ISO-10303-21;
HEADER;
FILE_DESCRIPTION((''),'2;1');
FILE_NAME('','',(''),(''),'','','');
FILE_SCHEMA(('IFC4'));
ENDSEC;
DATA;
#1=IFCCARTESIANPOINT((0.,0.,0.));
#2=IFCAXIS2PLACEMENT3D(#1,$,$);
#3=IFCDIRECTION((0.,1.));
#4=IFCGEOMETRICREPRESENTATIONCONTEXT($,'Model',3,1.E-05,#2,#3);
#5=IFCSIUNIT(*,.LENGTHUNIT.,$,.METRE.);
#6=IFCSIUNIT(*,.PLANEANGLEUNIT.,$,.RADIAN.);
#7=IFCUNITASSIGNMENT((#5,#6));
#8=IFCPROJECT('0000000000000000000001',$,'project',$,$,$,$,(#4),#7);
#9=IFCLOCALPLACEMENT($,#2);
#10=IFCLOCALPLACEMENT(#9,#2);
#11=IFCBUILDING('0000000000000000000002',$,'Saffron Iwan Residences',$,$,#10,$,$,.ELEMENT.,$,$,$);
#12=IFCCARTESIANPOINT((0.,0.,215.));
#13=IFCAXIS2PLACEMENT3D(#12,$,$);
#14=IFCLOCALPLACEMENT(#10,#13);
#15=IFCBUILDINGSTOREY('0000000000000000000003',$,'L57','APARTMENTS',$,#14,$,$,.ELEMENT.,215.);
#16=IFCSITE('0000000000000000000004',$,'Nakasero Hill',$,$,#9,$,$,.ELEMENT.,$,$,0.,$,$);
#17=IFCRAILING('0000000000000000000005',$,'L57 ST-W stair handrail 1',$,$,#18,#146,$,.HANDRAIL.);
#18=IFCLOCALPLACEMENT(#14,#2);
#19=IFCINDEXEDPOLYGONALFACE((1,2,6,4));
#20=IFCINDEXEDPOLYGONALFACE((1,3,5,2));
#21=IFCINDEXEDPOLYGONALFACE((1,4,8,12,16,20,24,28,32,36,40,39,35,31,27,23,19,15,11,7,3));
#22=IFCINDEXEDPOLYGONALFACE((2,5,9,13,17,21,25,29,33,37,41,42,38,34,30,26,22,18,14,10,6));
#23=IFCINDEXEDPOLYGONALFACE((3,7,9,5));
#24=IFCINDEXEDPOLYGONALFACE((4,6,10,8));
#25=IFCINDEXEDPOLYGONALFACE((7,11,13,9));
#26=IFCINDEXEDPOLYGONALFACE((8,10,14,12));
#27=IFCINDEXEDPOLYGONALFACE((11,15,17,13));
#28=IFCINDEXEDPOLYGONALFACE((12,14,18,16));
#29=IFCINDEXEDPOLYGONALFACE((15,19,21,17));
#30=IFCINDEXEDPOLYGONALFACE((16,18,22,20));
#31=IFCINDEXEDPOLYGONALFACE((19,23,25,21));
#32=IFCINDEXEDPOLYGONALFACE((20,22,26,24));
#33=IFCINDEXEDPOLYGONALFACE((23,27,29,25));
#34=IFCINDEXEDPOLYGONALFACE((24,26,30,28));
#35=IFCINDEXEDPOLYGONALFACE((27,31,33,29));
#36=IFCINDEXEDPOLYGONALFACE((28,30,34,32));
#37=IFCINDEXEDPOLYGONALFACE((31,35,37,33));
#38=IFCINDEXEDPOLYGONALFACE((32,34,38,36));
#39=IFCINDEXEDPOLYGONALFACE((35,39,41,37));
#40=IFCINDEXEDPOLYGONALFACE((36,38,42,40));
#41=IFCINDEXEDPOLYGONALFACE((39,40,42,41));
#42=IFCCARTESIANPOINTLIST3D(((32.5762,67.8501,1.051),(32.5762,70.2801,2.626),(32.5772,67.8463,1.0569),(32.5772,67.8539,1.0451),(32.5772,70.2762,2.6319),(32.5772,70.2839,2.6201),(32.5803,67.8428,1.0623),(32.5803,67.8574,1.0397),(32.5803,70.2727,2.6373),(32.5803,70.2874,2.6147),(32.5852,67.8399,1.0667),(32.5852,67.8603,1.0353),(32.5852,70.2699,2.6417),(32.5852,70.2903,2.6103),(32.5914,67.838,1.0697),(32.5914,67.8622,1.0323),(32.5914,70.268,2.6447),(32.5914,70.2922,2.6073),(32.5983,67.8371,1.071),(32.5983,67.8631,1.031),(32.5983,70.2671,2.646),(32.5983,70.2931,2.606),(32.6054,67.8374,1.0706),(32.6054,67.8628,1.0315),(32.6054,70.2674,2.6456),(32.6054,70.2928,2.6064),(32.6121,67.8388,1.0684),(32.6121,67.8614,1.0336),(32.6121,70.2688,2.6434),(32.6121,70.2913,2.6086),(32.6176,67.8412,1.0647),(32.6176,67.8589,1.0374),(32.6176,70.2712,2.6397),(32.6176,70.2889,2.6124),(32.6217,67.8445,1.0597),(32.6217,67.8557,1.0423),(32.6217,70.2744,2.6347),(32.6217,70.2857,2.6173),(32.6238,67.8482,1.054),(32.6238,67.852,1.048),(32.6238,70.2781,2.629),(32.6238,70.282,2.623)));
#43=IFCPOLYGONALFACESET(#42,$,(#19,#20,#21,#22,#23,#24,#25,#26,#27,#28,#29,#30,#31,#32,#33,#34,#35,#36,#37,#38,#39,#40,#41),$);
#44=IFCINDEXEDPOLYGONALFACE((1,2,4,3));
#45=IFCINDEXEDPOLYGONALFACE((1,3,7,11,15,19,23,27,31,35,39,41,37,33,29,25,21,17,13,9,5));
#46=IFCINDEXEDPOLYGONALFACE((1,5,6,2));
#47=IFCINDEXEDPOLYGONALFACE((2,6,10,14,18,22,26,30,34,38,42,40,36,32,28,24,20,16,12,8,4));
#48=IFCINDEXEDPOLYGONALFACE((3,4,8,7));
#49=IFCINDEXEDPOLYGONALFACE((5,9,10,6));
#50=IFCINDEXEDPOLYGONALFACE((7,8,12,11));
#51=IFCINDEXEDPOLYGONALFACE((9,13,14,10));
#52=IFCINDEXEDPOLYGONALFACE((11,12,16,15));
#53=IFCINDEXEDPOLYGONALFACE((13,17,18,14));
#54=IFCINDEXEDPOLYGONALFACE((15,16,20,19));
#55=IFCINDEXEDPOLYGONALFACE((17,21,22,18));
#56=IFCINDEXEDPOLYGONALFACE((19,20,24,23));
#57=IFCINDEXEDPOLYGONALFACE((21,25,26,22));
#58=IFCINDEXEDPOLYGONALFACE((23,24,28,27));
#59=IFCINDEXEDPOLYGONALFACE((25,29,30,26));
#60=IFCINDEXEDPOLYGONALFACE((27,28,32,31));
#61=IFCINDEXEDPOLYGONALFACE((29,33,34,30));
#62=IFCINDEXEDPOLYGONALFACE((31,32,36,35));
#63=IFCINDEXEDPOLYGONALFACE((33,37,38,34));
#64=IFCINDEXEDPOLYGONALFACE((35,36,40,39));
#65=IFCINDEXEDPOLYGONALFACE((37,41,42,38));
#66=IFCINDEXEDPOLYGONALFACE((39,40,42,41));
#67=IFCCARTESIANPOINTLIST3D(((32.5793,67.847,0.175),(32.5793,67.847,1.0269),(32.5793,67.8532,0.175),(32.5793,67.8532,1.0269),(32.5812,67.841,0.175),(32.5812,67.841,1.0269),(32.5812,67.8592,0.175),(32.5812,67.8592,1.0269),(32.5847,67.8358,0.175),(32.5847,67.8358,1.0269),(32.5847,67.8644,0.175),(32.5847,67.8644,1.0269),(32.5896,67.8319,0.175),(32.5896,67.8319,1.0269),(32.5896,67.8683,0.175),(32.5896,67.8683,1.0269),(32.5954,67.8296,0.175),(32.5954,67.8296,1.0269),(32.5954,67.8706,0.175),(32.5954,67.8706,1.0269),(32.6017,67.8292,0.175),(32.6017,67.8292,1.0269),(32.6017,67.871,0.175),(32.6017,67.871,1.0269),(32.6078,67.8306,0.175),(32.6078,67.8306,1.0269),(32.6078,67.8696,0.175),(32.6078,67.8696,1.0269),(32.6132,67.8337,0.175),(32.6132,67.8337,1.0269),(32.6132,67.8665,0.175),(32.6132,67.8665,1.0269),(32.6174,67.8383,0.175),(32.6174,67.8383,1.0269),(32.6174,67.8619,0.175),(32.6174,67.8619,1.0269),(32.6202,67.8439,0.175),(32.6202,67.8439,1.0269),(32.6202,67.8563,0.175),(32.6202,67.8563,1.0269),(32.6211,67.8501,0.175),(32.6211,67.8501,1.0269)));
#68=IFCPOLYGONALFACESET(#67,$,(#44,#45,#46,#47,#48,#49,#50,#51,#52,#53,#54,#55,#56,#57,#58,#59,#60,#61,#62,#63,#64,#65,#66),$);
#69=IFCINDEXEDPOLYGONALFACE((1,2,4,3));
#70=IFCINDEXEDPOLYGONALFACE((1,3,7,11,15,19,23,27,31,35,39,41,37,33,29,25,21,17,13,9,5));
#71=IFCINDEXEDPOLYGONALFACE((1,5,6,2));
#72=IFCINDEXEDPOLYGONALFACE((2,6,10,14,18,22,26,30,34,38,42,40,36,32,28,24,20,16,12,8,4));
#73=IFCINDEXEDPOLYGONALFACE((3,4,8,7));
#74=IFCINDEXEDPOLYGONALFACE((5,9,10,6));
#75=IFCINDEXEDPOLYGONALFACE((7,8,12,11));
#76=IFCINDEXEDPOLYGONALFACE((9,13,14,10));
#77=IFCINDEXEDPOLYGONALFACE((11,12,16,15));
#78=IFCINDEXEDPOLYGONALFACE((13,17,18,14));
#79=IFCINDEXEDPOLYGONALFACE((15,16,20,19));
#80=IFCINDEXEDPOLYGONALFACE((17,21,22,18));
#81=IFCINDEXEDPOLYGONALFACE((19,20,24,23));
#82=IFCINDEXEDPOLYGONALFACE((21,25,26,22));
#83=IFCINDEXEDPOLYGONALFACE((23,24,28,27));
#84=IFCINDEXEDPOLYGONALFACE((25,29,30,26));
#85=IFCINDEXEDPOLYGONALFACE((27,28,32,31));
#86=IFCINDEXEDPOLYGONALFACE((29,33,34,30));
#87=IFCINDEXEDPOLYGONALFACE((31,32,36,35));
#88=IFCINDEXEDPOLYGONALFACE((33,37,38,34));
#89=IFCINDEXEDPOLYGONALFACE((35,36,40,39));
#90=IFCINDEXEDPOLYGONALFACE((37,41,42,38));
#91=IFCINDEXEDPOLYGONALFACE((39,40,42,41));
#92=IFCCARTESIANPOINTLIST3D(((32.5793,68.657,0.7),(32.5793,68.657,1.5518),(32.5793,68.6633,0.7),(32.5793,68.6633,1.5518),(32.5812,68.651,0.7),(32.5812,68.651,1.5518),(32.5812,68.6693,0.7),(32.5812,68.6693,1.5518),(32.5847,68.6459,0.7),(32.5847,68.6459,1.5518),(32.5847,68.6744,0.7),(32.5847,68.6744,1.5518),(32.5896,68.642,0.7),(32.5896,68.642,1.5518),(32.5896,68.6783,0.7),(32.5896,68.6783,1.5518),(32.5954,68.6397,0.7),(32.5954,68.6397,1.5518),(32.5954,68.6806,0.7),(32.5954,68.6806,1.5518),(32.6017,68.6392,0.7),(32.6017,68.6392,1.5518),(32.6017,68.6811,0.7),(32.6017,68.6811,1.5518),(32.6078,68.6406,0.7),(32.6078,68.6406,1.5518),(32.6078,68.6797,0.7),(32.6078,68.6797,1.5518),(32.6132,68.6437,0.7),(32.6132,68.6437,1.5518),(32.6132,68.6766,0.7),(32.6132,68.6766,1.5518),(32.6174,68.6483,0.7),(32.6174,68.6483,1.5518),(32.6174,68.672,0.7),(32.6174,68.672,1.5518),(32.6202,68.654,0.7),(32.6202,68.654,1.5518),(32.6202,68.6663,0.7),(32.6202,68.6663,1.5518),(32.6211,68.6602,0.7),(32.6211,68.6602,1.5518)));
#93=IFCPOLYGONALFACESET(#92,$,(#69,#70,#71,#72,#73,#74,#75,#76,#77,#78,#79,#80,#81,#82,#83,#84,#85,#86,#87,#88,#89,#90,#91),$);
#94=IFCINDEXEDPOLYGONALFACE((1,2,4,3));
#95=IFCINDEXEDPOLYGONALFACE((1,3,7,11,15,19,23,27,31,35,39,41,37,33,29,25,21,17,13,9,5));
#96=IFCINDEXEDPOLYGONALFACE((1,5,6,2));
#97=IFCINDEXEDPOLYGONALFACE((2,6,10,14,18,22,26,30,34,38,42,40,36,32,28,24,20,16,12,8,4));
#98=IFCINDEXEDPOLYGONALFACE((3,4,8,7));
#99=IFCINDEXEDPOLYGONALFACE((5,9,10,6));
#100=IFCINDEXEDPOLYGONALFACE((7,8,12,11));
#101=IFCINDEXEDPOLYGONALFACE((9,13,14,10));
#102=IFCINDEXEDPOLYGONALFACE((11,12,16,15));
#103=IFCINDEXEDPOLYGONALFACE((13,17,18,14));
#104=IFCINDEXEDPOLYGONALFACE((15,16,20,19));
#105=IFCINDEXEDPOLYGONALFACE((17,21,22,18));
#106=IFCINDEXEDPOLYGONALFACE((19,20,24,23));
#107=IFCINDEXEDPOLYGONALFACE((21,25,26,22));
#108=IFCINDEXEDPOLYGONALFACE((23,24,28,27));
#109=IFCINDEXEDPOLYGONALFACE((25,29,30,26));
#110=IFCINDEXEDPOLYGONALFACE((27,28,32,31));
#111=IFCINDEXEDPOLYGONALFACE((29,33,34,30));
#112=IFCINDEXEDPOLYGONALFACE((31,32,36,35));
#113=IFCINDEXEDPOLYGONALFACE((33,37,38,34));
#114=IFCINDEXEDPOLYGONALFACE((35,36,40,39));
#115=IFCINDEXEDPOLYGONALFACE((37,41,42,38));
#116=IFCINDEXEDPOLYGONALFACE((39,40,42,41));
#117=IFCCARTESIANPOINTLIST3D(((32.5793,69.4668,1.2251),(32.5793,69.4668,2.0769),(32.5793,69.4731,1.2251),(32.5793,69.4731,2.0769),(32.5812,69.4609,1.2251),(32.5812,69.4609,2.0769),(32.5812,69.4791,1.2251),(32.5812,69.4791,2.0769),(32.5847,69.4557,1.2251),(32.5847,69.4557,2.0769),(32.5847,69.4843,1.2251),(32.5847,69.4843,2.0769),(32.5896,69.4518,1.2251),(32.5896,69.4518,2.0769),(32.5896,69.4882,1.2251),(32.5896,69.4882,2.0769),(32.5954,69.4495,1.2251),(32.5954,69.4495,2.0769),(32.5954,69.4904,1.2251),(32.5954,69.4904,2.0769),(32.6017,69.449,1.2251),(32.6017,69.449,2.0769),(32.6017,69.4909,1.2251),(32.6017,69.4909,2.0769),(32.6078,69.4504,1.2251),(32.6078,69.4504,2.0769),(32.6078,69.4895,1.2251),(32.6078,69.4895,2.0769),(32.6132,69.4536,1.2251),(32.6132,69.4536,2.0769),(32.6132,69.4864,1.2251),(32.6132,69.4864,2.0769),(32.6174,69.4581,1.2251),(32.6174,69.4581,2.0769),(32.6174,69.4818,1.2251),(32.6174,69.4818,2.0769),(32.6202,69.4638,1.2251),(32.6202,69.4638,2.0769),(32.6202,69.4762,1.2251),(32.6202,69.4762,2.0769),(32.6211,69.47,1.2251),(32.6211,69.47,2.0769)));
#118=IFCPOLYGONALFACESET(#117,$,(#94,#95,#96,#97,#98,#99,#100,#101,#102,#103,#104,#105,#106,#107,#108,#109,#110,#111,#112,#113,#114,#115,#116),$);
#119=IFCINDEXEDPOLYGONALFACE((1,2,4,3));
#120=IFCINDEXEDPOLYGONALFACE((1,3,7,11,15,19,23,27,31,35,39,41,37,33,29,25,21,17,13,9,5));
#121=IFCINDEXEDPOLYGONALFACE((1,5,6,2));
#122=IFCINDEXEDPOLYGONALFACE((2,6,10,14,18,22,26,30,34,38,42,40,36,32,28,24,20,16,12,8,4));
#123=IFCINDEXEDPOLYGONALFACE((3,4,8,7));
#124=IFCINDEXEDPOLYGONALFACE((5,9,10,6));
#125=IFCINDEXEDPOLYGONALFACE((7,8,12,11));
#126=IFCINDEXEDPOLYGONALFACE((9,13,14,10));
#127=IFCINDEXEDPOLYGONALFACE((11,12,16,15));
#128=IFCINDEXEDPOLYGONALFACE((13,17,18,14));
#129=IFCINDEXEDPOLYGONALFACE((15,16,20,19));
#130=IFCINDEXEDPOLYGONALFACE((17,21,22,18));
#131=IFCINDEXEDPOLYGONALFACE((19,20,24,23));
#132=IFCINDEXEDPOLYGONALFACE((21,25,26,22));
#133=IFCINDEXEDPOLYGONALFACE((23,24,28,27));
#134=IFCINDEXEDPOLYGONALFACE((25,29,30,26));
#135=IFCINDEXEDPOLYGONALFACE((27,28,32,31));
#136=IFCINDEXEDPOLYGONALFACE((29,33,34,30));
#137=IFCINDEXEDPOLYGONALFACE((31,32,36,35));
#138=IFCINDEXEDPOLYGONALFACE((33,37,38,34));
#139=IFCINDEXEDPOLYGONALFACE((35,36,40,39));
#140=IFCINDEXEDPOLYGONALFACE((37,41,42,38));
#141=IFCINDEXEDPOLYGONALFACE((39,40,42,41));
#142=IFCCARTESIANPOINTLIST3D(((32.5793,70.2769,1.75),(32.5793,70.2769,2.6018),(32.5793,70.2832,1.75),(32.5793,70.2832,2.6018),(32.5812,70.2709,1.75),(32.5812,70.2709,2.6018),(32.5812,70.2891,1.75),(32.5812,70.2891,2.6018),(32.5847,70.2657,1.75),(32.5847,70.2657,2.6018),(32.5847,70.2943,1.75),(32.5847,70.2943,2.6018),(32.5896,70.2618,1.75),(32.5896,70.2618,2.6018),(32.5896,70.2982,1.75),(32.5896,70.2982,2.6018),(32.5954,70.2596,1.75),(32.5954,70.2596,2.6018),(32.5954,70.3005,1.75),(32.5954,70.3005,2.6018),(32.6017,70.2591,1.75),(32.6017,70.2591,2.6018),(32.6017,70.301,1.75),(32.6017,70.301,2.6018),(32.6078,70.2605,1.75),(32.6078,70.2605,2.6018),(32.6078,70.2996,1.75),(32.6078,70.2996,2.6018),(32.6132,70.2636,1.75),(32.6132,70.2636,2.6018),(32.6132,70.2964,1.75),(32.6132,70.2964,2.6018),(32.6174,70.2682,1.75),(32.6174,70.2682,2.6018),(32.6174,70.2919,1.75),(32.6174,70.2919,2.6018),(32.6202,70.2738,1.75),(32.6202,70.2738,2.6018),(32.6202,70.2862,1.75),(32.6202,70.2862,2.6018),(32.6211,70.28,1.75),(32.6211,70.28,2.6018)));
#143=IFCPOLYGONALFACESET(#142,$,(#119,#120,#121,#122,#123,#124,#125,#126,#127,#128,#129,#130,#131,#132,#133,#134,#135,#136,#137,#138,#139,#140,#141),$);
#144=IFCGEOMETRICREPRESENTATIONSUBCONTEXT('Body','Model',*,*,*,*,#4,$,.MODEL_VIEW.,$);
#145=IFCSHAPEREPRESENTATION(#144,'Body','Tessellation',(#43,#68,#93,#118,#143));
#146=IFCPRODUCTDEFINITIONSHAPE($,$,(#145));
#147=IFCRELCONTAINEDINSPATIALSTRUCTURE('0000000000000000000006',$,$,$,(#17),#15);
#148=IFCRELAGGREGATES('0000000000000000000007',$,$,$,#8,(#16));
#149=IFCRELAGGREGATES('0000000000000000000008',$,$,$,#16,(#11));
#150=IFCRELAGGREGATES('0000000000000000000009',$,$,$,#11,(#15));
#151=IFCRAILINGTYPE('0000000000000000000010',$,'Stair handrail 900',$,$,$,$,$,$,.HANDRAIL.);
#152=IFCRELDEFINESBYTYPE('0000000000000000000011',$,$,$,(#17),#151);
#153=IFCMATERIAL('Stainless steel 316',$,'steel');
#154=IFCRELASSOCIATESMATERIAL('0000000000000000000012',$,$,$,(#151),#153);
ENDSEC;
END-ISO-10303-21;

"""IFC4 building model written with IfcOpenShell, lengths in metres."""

from ifc_helpers import new_model, si_unit, direction, frame, origin, origin_2d, place, context, subcontext, project, spatial, circle, extrude, material, type_object, element, save


model = new_model("IFC4")

# Units and contexts
model_context = context("Model", 3, precision=1e-05, world=origin(), true_north=direction((0.0, 1.0)))
body_context = subcontext(model_context, "Body", "Model", "MODEL_VIEW")
ifc_project = project(units=[si_unit("LENGTHUNIT", "METRE"), si_unit("PLANEANGLEUNIT", "RADIAN")], contexts=[model_context])

# Site, building, storey
site_placement = place(None, origin())
site = spatial("IfcSite", under=ifc_project, at=site_placement, Name="Nakasero Hill", CompositionType="ELEMENT", RefElevation=0.0)
building_placement = place(site_placement, origin())
building = spatial("IfcBuilding", under=site, at=building_placement, Name="Saffron Iwan Residences", CompositionType="ELEMENT")
storey_placement = place(building_placement, frame((0.0, 0.0, 215.0)))
storey = spatial("IfcBuildingStorey", under=building, at=storey_placement, Name="L57", Description="APARTMENTS", CompositionType="ELEMENT", Elevation=215.0)

# Railing
ifc_material_1 = material(Name="Stainless steel 316", Category="steel")
railing_type_1 = type_object("IfcRailingType", Name="Stair handrail 900", PredefinedType="HANDRAIL", material=ifc_material_1)
railing_1_placement = place(storey_placement, frame((32.6001, 67.8501, 0.175)))
element("IfcRailing", 1, at=railing_1_placement, inside=storey, type_object=railing_type_1, Name="L57 ST-W stair handrail 1", PredefinedType="HANDRAIL", context=body_context, shape_type="SweptSolid", body=[
    extrude(circle(Radius=0.0239, at=origin_2d()), frame((0.0, 0.0, 0.876), z_axis=(0.0, 0.839154, 0.543894), x_axis=(-1.0, 0.0, 0.0)), (0.0, 0.0, 1.0), 2.8958),
    extrude(circle(Radius=0.021, at=origin_2d()), origin(), (0.0, 0.0, 1.0), 0.8518),
    extrude(circle(Radius=0.021, at=origin_2d()), frame((0.0, 0.8101, 0.5249)), (0.0, 0.0, 1.0), 0.8518),
    extrude(circle(Radius=0.021, at=origin_2d()), frame((0.0, 1.6199, 1.05)), (0.0, 0.0, 1.0), 0.8518),
    extrude(circle(Radius=0.021, at=origin_2d()), frame((0.0, 2.4299, 1.575)), (0.0, 0.0, 1.0), 0.8518),
])

save(model, "model.ifc")
